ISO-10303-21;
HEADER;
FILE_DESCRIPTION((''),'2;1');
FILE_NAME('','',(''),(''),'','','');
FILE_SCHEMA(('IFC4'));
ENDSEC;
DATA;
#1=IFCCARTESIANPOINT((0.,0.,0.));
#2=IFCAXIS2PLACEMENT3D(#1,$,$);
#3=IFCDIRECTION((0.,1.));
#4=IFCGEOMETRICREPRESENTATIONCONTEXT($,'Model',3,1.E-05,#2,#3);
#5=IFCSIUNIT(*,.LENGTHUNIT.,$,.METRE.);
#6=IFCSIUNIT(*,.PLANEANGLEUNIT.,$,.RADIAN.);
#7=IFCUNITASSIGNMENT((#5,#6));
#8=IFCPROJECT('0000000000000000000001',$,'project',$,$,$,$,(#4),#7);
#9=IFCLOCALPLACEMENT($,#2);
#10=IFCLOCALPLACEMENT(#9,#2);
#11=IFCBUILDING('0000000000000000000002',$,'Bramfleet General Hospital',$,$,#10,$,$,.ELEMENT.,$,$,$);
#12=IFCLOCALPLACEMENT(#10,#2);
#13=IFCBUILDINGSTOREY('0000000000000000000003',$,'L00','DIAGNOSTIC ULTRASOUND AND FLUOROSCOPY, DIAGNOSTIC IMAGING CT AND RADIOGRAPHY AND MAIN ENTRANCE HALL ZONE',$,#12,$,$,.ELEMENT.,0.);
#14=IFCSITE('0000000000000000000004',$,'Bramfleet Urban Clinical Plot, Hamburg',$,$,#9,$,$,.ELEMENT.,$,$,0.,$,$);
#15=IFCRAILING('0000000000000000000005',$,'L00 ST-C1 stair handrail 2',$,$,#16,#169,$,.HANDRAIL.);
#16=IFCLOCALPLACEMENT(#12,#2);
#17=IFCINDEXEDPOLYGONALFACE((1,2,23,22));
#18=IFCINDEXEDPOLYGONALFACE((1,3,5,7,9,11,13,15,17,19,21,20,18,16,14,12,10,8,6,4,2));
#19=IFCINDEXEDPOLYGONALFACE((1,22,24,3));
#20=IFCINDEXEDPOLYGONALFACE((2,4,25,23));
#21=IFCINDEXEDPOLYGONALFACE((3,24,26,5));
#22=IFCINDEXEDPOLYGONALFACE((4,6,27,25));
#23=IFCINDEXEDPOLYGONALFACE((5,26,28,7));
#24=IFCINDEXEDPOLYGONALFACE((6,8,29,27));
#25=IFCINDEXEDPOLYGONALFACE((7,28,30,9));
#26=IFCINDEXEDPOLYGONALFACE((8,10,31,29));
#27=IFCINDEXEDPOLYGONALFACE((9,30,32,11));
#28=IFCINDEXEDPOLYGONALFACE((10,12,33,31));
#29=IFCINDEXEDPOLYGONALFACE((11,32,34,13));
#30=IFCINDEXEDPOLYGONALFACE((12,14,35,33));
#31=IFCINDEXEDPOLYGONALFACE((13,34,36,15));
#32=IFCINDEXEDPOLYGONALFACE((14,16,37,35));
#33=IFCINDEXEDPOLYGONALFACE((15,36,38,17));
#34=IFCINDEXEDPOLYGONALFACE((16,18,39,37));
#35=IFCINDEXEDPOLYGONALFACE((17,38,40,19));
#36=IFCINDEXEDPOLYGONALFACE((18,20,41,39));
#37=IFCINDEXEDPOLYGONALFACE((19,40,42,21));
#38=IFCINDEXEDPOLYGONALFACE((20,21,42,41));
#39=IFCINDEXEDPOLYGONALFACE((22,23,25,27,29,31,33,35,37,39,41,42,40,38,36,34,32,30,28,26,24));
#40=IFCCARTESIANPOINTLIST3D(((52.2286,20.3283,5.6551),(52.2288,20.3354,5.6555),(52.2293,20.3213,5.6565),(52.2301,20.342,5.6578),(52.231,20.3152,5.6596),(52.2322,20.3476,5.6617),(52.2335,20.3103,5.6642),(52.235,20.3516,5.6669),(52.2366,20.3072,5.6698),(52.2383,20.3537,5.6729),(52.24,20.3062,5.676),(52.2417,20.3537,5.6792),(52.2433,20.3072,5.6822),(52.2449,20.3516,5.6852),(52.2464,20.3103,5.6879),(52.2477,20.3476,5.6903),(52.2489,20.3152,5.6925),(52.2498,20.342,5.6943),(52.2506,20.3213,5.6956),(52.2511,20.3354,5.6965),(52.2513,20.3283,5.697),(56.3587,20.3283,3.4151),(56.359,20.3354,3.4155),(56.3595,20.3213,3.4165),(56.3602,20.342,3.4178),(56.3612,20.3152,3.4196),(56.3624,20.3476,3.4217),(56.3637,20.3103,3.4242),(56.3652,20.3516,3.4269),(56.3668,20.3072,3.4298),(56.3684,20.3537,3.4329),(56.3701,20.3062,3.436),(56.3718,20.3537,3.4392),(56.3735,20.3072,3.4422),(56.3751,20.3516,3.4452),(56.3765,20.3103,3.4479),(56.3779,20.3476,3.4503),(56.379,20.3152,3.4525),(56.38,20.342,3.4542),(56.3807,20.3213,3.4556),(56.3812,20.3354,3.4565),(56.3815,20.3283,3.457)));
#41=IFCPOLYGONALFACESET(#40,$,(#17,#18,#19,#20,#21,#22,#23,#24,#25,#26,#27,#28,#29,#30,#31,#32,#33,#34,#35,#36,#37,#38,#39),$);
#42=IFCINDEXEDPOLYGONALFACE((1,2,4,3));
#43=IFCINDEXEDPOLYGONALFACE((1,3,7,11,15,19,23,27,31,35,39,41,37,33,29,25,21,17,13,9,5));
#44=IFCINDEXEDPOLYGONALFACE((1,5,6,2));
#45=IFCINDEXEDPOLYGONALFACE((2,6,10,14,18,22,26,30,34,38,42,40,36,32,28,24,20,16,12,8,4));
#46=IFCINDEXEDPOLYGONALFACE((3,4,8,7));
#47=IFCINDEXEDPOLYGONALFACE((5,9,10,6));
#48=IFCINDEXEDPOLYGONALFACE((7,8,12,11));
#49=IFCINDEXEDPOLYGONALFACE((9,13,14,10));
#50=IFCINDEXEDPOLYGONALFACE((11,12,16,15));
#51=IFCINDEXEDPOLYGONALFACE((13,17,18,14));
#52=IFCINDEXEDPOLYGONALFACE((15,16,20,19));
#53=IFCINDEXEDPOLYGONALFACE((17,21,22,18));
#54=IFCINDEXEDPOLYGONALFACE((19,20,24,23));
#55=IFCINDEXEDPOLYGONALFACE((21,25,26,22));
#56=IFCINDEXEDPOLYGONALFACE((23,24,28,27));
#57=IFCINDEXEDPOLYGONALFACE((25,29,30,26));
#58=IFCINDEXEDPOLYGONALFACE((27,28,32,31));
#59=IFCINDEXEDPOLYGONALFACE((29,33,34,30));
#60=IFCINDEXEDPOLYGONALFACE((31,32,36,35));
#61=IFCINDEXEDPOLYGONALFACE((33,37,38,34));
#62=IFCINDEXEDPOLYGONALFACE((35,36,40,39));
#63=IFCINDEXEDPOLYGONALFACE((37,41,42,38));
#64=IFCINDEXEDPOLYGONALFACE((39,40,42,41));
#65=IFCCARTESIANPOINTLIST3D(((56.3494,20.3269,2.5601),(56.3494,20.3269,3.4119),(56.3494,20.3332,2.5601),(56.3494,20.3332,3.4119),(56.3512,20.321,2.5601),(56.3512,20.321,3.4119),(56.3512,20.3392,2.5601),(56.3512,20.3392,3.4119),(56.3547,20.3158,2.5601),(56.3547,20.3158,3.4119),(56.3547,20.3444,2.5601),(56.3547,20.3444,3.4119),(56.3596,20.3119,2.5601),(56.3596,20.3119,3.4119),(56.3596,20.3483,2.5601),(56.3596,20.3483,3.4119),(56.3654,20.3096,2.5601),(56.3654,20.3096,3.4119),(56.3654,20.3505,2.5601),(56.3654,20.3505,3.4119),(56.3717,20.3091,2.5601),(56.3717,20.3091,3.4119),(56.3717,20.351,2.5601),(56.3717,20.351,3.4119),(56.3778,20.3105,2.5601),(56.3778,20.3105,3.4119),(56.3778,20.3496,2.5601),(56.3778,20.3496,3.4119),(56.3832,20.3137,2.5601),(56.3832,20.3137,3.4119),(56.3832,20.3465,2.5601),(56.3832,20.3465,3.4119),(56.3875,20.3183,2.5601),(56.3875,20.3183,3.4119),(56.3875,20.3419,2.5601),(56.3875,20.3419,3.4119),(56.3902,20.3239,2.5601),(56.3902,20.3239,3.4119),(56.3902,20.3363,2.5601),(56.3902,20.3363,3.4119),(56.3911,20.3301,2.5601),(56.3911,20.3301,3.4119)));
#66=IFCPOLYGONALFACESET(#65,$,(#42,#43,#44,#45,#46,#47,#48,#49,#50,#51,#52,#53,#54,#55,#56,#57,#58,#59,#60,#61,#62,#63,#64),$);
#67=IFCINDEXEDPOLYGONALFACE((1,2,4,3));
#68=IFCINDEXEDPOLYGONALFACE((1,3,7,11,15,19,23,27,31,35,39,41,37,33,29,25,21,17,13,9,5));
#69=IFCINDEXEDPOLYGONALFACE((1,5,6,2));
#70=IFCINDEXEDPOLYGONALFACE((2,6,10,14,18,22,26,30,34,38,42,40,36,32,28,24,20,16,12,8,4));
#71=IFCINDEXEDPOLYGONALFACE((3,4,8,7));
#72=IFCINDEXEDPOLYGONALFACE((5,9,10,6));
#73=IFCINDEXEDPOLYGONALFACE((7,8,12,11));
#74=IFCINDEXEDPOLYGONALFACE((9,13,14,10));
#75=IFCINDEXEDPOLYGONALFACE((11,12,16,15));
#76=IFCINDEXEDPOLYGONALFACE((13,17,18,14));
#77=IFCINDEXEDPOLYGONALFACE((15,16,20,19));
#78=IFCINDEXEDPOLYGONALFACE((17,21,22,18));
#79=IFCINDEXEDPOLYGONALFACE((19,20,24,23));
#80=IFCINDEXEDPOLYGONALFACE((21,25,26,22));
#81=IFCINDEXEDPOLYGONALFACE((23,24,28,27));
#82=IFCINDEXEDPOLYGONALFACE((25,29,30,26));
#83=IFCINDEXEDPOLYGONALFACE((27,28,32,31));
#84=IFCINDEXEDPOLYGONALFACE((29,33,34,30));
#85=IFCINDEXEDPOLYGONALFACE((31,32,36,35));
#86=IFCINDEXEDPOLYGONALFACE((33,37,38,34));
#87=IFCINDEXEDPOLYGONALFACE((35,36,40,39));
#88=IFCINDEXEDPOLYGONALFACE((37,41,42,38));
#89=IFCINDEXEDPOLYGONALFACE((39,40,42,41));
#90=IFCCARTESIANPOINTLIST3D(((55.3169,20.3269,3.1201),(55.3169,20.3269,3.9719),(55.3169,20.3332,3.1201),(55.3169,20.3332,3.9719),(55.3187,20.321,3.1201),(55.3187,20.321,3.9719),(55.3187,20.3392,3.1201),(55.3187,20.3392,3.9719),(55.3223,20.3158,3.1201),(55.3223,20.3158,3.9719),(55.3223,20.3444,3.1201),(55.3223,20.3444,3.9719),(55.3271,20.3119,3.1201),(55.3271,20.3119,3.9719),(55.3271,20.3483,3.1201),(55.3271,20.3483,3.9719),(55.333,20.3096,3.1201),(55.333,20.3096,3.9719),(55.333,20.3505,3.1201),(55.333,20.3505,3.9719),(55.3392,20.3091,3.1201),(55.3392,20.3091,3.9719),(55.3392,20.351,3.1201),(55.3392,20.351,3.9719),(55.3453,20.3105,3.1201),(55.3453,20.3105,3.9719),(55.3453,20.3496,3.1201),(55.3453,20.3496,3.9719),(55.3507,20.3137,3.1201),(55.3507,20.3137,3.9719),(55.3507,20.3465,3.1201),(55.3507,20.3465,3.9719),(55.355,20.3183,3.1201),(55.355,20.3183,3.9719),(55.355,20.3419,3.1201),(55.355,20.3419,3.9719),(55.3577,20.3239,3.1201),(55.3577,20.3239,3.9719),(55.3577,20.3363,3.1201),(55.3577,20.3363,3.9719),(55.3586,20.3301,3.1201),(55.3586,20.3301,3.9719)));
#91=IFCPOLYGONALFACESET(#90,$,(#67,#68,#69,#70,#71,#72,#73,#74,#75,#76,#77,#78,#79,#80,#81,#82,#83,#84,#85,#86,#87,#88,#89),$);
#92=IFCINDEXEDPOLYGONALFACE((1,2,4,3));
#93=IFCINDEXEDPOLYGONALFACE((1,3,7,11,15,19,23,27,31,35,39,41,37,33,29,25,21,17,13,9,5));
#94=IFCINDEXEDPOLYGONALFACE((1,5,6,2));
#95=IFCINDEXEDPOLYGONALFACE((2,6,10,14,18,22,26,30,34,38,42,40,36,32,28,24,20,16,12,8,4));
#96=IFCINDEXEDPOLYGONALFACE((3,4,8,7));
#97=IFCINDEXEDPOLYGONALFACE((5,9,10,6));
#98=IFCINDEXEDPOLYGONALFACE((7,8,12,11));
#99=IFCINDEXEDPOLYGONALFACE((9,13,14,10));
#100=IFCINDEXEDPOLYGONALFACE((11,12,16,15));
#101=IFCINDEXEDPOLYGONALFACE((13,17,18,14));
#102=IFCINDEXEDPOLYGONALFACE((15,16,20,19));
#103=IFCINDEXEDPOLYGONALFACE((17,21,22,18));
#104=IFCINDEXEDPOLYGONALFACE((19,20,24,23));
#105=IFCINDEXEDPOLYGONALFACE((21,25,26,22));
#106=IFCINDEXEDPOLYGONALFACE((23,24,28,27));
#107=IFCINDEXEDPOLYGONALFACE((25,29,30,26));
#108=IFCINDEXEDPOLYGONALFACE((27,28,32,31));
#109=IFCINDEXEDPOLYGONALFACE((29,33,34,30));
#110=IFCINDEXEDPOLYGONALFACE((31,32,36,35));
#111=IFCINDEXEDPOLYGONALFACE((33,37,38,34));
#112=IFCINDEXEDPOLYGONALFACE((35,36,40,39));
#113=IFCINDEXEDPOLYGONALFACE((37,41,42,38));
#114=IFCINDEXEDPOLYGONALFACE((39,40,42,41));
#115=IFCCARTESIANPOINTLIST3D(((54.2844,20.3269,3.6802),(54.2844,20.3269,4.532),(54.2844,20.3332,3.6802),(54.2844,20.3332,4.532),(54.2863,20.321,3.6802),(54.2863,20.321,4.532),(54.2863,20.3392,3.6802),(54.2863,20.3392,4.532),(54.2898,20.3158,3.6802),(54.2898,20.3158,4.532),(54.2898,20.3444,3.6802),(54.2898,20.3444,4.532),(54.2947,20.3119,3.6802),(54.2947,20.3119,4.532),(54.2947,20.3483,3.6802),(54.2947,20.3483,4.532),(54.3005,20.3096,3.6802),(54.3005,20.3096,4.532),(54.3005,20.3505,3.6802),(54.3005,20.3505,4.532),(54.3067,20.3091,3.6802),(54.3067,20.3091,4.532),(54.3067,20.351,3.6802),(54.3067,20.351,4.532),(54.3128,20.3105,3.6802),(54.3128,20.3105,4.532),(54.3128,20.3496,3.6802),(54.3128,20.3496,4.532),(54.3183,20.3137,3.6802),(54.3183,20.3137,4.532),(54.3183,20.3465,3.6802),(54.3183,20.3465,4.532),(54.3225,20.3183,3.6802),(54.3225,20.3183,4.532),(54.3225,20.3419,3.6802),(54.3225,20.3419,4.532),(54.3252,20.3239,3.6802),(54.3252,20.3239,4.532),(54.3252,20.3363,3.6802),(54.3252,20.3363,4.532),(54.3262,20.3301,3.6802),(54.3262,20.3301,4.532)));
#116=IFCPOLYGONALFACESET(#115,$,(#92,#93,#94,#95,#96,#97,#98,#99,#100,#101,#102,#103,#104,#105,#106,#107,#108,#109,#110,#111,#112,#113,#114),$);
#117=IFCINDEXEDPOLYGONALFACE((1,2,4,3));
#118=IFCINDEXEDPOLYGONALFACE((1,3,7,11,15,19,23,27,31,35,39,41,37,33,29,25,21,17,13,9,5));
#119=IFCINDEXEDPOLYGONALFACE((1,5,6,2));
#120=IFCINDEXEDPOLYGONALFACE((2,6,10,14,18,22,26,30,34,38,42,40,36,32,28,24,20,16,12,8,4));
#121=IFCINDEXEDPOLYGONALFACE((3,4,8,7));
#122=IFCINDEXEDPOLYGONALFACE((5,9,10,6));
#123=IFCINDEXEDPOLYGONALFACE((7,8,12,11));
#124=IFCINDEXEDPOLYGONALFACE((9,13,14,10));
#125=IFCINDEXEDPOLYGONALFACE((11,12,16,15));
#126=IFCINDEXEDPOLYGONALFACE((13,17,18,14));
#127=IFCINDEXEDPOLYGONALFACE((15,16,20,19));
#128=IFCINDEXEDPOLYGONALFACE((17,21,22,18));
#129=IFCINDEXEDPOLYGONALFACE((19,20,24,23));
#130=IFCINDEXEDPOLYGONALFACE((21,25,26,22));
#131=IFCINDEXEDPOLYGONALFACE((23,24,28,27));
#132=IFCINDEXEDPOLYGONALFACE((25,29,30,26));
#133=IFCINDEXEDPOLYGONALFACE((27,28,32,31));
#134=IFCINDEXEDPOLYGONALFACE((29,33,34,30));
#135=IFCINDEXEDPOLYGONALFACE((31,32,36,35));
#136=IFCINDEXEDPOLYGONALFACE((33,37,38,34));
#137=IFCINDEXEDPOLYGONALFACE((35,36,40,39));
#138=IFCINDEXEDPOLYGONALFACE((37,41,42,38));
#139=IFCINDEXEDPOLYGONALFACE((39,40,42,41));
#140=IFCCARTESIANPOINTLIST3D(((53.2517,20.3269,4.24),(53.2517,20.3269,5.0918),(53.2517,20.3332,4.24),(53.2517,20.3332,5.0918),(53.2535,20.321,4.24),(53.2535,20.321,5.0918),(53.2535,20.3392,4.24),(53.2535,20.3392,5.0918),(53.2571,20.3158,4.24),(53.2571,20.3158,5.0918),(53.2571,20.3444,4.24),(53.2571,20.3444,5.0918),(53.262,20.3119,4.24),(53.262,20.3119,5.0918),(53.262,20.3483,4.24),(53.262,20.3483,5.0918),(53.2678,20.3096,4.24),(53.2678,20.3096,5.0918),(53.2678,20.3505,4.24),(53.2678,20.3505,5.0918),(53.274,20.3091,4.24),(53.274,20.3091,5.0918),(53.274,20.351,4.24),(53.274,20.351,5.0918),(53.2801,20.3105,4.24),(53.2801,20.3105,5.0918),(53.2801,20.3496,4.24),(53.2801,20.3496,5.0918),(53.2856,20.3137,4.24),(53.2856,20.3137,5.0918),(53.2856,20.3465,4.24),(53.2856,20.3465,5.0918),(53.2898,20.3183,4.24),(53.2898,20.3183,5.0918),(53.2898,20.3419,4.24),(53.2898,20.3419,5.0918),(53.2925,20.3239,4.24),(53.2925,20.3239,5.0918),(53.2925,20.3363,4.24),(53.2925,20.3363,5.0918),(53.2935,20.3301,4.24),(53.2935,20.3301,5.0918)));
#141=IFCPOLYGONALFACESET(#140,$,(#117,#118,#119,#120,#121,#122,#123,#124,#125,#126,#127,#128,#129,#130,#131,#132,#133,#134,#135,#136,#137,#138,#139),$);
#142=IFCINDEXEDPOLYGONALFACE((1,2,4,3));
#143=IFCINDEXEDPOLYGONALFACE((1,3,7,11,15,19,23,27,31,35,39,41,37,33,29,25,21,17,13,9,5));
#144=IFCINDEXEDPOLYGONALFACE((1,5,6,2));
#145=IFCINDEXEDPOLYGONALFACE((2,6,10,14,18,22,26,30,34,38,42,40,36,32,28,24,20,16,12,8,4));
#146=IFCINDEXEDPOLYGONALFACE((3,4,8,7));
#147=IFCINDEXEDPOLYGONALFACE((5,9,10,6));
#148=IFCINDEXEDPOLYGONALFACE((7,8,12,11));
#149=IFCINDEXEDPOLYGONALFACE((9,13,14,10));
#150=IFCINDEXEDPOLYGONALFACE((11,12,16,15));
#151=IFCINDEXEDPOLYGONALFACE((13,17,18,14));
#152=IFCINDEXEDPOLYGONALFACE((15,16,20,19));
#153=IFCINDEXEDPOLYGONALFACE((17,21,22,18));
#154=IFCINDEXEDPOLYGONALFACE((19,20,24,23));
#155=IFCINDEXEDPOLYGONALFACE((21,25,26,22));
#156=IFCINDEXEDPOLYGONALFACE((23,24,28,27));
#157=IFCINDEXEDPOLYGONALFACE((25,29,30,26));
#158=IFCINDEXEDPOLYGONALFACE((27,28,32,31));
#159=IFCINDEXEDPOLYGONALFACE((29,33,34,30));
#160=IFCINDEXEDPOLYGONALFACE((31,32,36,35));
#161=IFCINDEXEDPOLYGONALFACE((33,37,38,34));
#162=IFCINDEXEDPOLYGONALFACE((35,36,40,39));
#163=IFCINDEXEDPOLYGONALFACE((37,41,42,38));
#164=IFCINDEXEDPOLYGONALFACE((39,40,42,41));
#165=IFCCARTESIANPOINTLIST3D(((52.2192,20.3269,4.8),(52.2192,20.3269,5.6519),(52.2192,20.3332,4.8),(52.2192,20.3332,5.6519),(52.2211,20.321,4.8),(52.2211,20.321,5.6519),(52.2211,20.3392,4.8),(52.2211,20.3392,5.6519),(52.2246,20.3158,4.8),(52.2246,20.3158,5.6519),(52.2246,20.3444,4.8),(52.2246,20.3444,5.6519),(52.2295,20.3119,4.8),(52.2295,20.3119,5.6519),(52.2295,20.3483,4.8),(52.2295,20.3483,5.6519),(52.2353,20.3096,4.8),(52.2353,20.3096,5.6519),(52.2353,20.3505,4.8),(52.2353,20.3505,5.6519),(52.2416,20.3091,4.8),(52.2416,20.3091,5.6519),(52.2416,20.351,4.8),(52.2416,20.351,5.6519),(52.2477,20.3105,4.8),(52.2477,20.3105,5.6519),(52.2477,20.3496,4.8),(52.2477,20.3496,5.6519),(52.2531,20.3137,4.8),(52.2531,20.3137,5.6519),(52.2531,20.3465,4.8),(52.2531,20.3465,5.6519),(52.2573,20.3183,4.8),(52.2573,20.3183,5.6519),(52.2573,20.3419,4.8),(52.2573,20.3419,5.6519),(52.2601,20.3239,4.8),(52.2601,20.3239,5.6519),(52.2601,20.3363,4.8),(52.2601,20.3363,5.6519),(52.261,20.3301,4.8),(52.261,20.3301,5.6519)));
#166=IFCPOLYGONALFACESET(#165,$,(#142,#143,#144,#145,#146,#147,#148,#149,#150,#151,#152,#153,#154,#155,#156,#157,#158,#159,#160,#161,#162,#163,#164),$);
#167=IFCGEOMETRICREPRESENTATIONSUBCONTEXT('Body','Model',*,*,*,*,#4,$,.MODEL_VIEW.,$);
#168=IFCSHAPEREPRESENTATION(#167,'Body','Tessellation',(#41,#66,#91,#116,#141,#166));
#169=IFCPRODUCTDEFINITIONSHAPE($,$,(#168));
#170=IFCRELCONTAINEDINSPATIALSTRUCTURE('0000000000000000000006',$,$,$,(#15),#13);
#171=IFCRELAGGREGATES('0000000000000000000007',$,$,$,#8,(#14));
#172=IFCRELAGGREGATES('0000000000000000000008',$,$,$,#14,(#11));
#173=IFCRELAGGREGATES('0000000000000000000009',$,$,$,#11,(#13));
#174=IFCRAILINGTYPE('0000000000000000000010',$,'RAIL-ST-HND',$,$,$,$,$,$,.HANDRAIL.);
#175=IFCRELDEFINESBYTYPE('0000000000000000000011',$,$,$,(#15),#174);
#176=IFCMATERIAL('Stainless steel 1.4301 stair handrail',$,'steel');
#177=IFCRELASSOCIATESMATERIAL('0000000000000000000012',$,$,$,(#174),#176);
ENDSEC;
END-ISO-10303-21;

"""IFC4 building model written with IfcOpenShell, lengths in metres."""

from ifc_helpers import new_model, si_unit, direction, frame, origin, origin_2d, place, context, subcontext, project, spatial, circle, extrude, material, type_object, element, save


model = new_model("IFC4")

# Units and contexts
model_context = context("Model", 3, precision=1e-05, world=origin(), true_north=direction((0.0, 1.0)))
body_context = subcontext(model_context, "Body", "Model", "MODEL_VIEW")
ifc_project = project(units=[si_unit("LENGTHUNIT", "METRE"), si_unit("PLANEANGLEUNIT", "RADIAN")], contexts=[model_context])

# Site, building, storey
site_placement = place(None, origin())
site = spatial("IfcSite", under=ifc_project, at=site_placement, Name="Bramfleet Urban Clinical Plot, Hamburg", CompositionType="ELEMENT", RefElevation=0.0)
building_placement = place(site_placement, origin())
building = spatial("IfcBuilding", under=site, at=building_placement, Name="Bramfleet General Hospital", CompositionType="ELEMENT")
storey_placement = place(building_placement, origin())
storey = spatial("IfcBuildingStorey", under=building, at=storey_placement, Name="L00", Description="DIAGNOSTIC ULTRASOUND AND FLUOROSCOPY, DIAGNOSTIC IMAGING CT AND RADIOGRAPHY AND MAIN ENTRANCE HALL ZONE", CompositionType="ELEMENT", Elevation=0.0)

# Railing
ifc_material_1 = material(Name="Stainless steel 1.4301 stair handrail", Category="steel")
railing_type_1 = type_object("IfcRailingType", Name="RAIL-ST-HND", PredefinedType="HANDRAIL", material=ifc_material_1)
railing_1_placement = place(storey_placement, frame((56.3701, 20.3301, 2.5601)))
element("IfcRailing", 1, at=railing_1_placement, inside=storey, type_object=railing_type_1, Name="L00 ST-C1 stair handrail 2", PredefinedType="HANDRAIL", context=body_context, shape_type="SweptSolid", body=[
    extrude(circle(Radius=0.0239, at=origin_2d()), frame((0.0, 0.0, 0.876), z_axis=(-0.879039, 0.0, 0.47675), x_axis=(0.0, -1.0, 0.0)), (0.0, 0.0, 1.0), 4.6985),
    extrude(circle(Radius=0.021, at=origin_2d()), origin(), (0.0, 0.0, 1.0), 0.8518),
    extrude(circle(Radius=0.021, at=origin_2d()), frame((-1.0325, 0.0, 0.5601)), (0.0, 0.0, 1.0), 0.8518),
    extrude(circle(Radius=0.021, at=origin_2d()), frame((-2.0649, 0.0, 1.1201)), (0.0, 0.0, 1.0), 0.8518),
    extrude(circle(Radius=0.021, at=origin_2d()), frame((-3.0977, 0.0, 1.6799)), (0.0, 0.0, 1.0), 0.8518),
    extrude(circle(Radius=0.021, at=origin_2d()), frame((-4.1301, 0.0, 2.24)), (0.0, 0.0, 1.0), 0.8518),
])

save(model, "model.ifc")
